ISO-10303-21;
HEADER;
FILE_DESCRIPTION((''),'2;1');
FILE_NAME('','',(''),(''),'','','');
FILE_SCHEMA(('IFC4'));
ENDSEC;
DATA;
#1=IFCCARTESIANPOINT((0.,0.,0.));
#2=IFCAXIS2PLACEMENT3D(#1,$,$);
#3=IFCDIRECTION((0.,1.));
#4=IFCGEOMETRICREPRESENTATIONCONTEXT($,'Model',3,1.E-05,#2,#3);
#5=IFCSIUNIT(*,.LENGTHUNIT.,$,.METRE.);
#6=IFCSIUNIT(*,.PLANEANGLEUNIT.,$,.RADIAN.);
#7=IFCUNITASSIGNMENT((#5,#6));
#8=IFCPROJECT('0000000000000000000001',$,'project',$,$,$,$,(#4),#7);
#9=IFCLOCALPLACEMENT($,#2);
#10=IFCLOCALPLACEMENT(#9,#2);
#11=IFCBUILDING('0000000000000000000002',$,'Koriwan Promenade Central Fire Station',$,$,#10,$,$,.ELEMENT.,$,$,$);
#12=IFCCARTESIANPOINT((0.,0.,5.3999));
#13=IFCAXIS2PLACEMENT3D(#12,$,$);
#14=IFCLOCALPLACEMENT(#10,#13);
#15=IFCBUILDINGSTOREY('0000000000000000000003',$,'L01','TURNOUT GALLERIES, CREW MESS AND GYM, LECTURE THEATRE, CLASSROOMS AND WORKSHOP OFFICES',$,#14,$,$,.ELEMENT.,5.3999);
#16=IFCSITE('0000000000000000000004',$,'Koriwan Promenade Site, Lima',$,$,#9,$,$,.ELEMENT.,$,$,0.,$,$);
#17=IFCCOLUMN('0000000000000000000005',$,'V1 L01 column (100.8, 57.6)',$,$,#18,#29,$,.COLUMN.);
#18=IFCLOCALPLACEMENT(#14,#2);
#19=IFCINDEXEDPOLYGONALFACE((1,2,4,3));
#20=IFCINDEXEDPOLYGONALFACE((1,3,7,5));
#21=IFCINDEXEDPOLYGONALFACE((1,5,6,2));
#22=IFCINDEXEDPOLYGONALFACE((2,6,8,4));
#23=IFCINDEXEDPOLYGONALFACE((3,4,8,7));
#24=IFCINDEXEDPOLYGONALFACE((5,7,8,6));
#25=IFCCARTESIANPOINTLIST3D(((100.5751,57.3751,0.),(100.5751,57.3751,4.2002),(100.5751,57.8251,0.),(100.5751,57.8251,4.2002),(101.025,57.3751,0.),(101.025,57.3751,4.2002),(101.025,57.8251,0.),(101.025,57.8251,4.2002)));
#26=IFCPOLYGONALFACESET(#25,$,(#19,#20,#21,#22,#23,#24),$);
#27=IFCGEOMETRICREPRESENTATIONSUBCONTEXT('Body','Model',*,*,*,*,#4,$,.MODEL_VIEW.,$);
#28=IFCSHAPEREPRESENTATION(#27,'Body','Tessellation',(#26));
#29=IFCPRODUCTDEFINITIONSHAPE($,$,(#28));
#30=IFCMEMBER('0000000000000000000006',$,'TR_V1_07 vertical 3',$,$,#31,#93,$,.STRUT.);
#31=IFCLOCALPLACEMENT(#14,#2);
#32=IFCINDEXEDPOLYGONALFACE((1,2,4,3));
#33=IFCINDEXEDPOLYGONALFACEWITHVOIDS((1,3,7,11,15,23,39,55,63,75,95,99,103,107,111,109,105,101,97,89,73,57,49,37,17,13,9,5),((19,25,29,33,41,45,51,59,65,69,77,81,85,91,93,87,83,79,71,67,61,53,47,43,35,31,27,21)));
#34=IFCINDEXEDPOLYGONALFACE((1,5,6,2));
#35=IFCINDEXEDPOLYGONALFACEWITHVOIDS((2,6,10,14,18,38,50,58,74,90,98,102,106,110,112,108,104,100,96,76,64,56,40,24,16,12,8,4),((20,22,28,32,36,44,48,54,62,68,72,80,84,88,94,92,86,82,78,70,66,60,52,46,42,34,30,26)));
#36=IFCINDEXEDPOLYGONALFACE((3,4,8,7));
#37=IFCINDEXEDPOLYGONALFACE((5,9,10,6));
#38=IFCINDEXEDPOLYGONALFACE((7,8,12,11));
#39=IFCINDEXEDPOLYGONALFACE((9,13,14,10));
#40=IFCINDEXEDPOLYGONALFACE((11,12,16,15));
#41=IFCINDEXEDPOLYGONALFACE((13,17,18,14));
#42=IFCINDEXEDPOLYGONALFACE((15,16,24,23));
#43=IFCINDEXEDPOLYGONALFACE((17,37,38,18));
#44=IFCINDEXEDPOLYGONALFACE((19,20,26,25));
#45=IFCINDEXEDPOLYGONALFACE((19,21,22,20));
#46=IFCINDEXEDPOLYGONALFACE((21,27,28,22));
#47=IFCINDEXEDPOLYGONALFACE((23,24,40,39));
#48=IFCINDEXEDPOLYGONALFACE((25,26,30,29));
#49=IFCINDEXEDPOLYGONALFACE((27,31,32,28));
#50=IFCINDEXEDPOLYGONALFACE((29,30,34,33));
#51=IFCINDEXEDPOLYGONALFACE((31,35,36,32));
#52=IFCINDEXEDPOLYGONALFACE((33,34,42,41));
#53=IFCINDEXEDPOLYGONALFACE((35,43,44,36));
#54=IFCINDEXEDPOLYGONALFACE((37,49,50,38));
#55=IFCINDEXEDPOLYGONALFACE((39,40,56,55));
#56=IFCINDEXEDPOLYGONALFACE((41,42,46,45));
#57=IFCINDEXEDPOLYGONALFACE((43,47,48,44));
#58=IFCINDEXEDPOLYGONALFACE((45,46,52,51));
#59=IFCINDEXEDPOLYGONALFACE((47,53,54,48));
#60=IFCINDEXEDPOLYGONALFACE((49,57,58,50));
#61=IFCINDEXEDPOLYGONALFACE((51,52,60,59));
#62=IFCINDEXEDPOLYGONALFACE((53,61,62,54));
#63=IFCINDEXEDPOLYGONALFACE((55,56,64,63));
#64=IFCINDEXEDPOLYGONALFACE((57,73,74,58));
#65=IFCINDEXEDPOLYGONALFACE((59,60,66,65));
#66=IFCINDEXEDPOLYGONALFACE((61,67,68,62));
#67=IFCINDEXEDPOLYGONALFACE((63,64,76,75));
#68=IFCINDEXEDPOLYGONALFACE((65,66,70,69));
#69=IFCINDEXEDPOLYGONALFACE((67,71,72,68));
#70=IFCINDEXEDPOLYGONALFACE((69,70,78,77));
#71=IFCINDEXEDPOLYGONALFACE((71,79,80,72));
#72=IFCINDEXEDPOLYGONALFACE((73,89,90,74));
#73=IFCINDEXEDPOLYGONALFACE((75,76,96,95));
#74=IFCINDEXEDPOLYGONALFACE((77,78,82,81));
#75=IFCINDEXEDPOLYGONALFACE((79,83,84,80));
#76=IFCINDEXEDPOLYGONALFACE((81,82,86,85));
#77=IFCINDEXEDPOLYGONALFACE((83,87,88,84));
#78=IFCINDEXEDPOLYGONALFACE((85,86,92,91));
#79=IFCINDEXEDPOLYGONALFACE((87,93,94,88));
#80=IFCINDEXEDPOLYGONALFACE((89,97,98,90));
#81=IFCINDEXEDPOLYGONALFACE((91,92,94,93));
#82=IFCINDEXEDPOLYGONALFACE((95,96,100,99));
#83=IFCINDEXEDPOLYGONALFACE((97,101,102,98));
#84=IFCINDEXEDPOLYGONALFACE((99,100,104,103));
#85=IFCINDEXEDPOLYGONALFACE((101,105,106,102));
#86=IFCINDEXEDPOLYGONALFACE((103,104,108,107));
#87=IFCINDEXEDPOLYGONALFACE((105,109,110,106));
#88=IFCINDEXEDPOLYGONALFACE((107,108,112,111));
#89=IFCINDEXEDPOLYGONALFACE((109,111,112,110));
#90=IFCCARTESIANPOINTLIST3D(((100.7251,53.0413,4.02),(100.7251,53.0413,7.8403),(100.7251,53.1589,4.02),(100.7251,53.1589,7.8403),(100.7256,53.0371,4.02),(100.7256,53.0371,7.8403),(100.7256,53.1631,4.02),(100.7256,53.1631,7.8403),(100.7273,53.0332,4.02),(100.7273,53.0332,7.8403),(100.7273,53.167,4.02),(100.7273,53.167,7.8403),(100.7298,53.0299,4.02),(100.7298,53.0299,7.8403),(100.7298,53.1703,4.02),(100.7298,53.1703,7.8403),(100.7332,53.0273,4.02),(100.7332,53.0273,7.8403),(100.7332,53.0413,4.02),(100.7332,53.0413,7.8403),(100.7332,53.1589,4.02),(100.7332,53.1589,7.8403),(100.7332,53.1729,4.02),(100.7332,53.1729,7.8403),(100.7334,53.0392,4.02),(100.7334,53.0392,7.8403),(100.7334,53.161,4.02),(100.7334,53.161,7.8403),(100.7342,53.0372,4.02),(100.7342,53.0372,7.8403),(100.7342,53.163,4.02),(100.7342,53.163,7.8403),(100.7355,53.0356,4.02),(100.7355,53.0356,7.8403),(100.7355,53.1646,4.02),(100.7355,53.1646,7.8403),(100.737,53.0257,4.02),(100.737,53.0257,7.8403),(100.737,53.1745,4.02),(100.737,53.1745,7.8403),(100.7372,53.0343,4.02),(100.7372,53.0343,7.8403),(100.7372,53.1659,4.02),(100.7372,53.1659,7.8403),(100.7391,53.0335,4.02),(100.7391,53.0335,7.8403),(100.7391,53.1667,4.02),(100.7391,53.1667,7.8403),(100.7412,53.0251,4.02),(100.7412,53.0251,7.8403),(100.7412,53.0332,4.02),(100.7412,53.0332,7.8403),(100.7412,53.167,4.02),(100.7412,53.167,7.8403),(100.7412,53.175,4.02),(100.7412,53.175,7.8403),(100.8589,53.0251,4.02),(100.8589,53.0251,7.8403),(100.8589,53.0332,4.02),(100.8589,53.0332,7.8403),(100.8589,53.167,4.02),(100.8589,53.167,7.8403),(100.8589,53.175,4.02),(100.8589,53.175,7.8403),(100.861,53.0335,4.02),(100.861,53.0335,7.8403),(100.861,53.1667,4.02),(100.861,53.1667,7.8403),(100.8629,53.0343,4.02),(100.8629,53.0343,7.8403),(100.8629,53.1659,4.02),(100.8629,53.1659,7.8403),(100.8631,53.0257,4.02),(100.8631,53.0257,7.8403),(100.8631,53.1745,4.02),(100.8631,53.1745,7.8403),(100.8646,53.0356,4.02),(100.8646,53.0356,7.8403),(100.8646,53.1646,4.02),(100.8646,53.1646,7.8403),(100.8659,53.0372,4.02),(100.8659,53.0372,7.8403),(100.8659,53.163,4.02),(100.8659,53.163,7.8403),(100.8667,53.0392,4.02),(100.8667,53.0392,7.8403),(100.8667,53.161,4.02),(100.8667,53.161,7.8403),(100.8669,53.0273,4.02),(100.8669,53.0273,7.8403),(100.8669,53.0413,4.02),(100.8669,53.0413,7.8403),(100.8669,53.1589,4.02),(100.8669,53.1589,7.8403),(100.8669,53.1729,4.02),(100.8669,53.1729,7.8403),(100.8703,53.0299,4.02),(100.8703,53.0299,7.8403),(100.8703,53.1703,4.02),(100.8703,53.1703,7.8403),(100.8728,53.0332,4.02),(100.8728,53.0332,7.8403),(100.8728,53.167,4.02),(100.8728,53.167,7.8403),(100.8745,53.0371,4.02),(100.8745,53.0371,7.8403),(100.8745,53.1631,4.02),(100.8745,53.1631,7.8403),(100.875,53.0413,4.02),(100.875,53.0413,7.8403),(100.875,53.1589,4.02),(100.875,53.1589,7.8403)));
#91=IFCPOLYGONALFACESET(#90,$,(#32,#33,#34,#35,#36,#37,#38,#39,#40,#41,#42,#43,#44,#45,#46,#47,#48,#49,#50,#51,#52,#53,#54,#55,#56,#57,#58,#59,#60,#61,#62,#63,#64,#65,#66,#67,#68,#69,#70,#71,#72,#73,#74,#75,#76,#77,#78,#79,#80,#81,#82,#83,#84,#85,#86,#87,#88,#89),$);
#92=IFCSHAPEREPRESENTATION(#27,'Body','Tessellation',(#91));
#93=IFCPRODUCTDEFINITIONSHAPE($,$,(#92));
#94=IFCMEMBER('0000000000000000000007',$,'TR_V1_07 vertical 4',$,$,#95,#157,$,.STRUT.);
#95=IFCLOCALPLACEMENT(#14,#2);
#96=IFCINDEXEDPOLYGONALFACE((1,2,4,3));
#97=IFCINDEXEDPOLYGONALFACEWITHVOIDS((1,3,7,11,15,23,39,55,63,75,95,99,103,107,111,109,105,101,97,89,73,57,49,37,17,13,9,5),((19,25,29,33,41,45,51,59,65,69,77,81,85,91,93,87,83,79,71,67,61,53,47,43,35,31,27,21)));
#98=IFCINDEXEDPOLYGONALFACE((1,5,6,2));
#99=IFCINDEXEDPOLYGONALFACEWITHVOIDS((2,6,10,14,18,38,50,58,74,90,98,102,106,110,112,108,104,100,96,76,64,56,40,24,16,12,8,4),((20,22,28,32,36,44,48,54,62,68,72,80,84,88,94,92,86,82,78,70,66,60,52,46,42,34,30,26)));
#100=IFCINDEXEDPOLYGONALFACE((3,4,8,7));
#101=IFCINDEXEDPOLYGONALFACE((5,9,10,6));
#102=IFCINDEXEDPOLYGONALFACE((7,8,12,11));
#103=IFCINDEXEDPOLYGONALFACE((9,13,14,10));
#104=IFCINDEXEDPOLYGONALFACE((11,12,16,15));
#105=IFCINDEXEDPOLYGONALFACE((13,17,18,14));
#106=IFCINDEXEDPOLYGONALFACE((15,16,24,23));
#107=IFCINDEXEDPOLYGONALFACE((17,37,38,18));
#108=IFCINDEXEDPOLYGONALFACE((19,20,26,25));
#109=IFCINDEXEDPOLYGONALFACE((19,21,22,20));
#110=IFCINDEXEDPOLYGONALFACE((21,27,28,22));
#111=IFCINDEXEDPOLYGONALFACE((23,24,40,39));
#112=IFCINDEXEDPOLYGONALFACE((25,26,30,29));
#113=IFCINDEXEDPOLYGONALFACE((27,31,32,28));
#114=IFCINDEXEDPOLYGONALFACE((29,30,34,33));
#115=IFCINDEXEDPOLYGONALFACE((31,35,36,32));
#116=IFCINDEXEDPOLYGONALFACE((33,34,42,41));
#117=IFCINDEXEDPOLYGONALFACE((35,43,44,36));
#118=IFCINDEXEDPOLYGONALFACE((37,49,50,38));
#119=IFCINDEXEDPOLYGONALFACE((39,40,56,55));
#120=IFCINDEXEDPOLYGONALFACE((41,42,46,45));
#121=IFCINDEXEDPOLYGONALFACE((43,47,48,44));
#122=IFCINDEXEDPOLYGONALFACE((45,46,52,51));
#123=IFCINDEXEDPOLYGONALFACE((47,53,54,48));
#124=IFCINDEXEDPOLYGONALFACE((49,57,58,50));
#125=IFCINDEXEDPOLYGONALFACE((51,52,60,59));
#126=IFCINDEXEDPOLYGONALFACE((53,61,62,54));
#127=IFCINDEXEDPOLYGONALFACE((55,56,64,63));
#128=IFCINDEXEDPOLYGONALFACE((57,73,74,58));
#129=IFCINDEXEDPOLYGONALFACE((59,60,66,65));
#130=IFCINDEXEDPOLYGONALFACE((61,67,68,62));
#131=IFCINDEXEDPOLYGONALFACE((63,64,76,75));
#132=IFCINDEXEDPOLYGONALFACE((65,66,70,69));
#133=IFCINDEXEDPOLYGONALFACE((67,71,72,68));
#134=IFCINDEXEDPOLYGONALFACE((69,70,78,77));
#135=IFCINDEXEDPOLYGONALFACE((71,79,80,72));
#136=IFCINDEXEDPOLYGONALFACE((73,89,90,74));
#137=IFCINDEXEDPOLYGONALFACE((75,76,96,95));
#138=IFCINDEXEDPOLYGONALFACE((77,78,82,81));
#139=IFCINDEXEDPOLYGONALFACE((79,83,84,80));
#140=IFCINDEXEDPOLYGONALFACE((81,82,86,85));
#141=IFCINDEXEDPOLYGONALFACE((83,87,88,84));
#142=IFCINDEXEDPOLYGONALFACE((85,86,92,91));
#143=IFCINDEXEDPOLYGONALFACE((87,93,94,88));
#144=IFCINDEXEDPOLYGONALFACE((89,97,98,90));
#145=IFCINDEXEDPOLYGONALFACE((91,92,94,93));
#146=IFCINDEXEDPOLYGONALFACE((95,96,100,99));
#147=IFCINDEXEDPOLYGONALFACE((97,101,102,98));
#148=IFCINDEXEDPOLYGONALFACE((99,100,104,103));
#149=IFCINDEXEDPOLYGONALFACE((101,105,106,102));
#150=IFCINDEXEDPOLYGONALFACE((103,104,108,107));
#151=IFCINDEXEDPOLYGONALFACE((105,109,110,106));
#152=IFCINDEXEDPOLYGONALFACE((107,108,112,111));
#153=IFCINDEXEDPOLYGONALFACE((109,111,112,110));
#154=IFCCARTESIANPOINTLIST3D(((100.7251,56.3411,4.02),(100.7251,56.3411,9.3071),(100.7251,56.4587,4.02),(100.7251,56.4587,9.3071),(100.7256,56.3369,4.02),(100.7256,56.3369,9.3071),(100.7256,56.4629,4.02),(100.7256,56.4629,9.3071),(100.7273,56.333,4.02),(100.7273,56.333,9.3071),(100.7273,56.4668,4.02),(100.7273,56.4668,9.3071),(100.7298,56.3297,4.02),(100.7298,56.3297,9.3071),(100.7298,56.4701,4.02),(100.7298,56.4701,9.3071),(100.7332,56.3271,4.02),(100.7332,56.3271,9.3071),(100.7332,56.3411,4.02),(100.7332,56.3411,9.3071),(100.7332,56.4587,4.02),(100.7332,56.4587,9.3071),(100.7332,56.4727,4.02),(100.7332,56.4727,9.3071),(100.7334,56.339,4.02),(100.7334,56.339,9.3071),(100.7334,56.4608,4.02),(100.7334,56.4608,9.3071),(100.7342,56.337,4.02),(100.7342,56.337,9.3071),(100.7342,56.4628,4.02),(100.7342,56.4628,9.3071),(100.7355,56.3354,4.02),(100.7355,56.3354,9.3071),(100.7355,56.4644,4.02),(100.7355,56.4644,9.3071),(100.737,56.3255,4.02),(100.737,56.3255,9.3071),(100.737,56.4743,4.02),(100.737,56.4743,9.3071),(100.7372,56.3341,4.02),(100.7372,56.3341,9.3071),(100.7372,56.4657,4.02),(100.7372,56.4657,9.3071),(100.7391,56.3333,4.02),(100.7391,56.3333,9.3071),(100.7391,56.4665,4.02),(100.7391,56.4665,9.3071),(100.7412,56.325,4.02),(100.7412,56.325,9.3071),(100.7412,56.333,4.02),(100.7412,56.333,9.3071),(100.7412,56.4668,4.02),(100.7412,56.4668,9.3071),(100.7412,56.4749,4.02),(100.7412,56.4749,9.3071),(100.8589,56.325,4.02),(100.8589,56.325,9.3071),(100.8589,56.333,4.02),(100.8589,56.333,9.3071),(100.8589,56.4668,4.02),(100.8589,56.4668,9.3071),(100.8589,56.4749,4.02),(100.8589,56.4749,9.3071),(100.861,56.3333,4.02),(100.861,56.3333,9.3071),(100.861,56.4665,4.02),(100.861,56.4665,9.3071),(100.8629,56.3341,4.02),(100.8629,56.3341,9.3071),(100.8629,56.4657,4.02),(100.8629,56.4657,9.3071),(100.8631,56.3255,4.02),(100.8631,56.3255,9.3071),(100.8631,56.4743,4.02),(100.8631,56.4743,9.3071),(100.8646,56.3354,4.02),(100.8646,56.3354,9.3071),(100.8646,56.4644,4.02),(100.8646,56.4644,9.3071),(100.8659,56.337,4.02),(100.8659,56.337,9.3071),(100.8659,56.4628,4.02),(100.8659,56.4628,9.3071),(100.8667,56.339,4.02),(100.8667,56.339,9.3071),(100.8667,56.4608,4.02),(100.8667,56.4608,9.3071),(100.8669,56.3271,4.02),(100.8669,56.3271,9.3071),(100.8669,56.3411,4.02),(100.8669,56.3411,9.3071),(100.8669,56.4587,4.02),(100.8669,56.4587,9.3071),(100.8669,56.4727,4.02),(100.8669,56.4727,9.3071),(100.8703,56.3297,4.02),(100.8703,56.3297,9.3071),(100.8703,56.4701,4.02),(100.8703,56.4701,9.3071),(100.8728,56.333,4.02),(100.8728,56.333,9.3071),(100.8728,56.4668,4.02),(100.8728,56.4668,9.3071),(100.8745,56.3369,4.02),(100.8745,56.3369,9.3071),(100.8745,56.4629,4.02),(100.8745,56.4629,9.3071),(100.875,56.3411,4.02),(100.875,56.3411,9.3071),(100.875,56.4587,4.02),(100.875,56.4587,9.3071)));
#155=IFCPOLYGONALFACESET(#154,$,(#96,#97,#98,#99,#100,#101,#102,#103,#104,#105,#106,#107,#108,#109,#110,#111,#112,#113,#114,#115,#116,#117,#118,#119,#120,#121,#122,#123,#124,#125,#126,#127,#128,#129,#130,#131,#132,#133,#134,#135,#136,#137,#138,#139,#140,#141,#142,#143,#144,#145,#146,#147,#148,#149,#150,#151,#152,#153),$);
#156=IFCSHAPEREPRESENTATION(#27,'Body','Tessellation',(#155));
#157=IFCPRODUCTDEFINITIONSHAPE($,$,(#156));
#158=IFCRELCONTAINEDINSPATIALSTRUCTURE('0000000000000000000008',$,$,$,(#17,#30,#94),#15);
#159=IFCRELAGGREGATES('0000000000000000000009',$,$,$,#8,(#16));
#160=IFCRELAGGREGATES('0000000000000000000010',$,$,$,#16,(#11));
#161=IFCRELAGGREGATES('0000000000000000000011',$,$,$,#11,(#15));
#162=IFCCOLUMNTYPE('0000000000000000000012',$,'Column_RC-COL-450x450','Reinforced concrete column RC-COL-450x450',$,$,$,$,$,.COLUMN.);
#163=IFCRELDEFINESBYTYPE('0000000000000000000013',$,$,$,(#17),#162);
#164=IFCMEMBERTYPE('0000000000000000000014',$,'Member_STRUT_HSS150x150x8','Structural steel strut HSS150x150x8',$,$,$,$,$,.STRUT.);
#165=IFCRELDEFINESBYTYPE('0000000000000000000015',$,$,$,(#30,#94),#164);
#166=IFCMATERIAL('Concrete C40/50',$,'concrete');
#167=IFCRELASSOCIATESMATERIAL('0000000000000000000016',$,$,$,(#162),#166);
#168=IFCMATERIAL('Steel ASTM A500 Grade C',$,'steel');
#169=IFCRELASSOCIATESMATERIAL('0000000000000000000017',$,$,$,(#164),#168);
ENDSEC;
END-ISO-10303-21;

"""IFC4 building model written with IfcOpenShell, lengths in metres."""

from ifc_helpers import new_model, si_unit, direction, frame, origin, origin_2d, place, context, subcontext, project, spatial, rectangle, hollow_rectangle, extrude, material, material_profile, profile_set, type_object, element, save


model = new_model("IFC4")

# Units and contexts
model_context = context("Model", 3, precision=1e-05, world=origin(), true_north=direction((0.0, 1.0)))
body_context = subcontext(model_context, "Body", "Model", "MODEL_VIEW")
ifc_project = project(units=[si_unit("LENGTHUNIT", "METRE"), si_unit("PLANEANGLEUNIT", "RADIAN")], contexts=[model_context])

# Site, building, storey
site_placement = place(None, origin())
site = spatial("IfcSite", under=ifc_project, at=site_placement, Name="Koriwan Promenade Site, Lima", CompositionType="ELEMENT", RefElevation=0.0)
building_placement = place(site_placement, origin())
building = spatial("IfcBuilding", under=site, at=building_placement, Name="Koriwan Promenade Central Fire Station", CompositionType="ELEMENT")
storey_placement = place(building_placement, frame((0.0, 0.0, 5.3999)))
storey = spatial("IfcBuildingStorey", under=building, at=storey_placement, Name="L01", Description="TURNOUT GALLERIES, CREW MESS AND GYM, LECTURE THEATRE, CLASSROOMS AND WORKSHOP OFFICES", CompositionType="ELEMENT", Elevation=5.3999)

# Column
ifc_material_1 = material(Name="Concrete C40/50", Category="concrete")
ifc_material_profile_1 = material_profile(ifc_material_1, rectangle(XDim=0.45, YDim=0.45, at=origin_2d()), Name="RC-COL-450x450")
ifc_profile_set_1 = profile_set([ifc_material_profile_1], Name="Concrete C40/50")
column_type = type_object("IfcColumnType", Name="Column_RC-COL-450x450", Description="Reinforced concrete column RC-COL-450x450", PredefinedType="COLUMN", material=ifc_profile_set_1)
column_placement = place(storey_placement, frame((100.8, 57.6001, 0.0), z_axis=(0.0, 0.0, 1.0), x_axis=(1.0, 0.0, 0.0)))
element("IfcColumn", 1, at=column_placement, inside=storey, type_object=column_type, Name="V1 L01 column (100.8, 57.6)", PredefinedType="COLUMN", context=body_context, shape_type="SweptSolid", body=[
    extrude(rectangle(XDim=0.45, YDim=0.45, at=origin_2d()), origin(), (0.0, 0.0, 1.0), 4.2002),
])

# Members
ifc_material_2 = material(Name="Steel ASTM A500 Grade C", Category="steel")
ifc_material_profile_2 = material_profile(ifc_material_2, hollow_rectangle(XDim=0.1499, YDim=0.1499, WallThickness=0.0081, InnerFilletRadius=0.0081, OuterFilletRadius=0.0161, at=origin_2d()), Name="HSS150x150x8")
ifc_profile_set_2 = profile_set([ifc_material_profile_2], Name="Steel ASTM A500 Grade C")
member_type = type_object("IfcMemberType", Name="Member_STRUT_HSS150x150x8", Description="Structural steel strut HSS150x150x8", PredefinedType="STRUT", material=ifc_profile_set_2)
member_1_placement = place(storey_placement, frame((100.8, 53.1001, 4.02), z_axis=(0.0, 0.0, 1.0), x_axis=(1.0, 0.0, 0.0)))
element("IfcMember", 2, at=member_1_placement, inside=storey, type_object=member_type, Name="TR_V1_07 vertical 3", PredefinedType="STRUT", context=body_context, shape_type="SweptSolid", body=[
    extrude(hollow_rectangle(XDim=0.1499, YDim=0.1499, WallThickness=0.0081, InnerFilletRadius=0.0081, OuterFilletRadius=0.0161, at=origin_2d()), origin(), (0.0, 0.0, 1.0), 3.8203),
])
member_2_placement = place(storey_placement, frame((100.8, 56.3999, 4.02), z_axis=(0.0, 0.0, 1.0), x_axis=(1.0, 0.0, 0.0)))
element("IfcMember", 3, at=member_2_placement, inside=storey, type_object=member_type, Name="TR_V1_07 vertical 4", PredefinedType="STRUT", context=body_context, shape_type="SweptSolid", body=[
    extrude(hollow_rectangle(XDim=0.1499, YDim=0.1499, WallThickness=0.0081, InnerFilletRadius=0.0081, OuterFilletRadius=0.0161, at=origin_2d()), origin(), (0.0, 0.0, 1.0), 5.2871),
])

save(model, "model.ifc")
